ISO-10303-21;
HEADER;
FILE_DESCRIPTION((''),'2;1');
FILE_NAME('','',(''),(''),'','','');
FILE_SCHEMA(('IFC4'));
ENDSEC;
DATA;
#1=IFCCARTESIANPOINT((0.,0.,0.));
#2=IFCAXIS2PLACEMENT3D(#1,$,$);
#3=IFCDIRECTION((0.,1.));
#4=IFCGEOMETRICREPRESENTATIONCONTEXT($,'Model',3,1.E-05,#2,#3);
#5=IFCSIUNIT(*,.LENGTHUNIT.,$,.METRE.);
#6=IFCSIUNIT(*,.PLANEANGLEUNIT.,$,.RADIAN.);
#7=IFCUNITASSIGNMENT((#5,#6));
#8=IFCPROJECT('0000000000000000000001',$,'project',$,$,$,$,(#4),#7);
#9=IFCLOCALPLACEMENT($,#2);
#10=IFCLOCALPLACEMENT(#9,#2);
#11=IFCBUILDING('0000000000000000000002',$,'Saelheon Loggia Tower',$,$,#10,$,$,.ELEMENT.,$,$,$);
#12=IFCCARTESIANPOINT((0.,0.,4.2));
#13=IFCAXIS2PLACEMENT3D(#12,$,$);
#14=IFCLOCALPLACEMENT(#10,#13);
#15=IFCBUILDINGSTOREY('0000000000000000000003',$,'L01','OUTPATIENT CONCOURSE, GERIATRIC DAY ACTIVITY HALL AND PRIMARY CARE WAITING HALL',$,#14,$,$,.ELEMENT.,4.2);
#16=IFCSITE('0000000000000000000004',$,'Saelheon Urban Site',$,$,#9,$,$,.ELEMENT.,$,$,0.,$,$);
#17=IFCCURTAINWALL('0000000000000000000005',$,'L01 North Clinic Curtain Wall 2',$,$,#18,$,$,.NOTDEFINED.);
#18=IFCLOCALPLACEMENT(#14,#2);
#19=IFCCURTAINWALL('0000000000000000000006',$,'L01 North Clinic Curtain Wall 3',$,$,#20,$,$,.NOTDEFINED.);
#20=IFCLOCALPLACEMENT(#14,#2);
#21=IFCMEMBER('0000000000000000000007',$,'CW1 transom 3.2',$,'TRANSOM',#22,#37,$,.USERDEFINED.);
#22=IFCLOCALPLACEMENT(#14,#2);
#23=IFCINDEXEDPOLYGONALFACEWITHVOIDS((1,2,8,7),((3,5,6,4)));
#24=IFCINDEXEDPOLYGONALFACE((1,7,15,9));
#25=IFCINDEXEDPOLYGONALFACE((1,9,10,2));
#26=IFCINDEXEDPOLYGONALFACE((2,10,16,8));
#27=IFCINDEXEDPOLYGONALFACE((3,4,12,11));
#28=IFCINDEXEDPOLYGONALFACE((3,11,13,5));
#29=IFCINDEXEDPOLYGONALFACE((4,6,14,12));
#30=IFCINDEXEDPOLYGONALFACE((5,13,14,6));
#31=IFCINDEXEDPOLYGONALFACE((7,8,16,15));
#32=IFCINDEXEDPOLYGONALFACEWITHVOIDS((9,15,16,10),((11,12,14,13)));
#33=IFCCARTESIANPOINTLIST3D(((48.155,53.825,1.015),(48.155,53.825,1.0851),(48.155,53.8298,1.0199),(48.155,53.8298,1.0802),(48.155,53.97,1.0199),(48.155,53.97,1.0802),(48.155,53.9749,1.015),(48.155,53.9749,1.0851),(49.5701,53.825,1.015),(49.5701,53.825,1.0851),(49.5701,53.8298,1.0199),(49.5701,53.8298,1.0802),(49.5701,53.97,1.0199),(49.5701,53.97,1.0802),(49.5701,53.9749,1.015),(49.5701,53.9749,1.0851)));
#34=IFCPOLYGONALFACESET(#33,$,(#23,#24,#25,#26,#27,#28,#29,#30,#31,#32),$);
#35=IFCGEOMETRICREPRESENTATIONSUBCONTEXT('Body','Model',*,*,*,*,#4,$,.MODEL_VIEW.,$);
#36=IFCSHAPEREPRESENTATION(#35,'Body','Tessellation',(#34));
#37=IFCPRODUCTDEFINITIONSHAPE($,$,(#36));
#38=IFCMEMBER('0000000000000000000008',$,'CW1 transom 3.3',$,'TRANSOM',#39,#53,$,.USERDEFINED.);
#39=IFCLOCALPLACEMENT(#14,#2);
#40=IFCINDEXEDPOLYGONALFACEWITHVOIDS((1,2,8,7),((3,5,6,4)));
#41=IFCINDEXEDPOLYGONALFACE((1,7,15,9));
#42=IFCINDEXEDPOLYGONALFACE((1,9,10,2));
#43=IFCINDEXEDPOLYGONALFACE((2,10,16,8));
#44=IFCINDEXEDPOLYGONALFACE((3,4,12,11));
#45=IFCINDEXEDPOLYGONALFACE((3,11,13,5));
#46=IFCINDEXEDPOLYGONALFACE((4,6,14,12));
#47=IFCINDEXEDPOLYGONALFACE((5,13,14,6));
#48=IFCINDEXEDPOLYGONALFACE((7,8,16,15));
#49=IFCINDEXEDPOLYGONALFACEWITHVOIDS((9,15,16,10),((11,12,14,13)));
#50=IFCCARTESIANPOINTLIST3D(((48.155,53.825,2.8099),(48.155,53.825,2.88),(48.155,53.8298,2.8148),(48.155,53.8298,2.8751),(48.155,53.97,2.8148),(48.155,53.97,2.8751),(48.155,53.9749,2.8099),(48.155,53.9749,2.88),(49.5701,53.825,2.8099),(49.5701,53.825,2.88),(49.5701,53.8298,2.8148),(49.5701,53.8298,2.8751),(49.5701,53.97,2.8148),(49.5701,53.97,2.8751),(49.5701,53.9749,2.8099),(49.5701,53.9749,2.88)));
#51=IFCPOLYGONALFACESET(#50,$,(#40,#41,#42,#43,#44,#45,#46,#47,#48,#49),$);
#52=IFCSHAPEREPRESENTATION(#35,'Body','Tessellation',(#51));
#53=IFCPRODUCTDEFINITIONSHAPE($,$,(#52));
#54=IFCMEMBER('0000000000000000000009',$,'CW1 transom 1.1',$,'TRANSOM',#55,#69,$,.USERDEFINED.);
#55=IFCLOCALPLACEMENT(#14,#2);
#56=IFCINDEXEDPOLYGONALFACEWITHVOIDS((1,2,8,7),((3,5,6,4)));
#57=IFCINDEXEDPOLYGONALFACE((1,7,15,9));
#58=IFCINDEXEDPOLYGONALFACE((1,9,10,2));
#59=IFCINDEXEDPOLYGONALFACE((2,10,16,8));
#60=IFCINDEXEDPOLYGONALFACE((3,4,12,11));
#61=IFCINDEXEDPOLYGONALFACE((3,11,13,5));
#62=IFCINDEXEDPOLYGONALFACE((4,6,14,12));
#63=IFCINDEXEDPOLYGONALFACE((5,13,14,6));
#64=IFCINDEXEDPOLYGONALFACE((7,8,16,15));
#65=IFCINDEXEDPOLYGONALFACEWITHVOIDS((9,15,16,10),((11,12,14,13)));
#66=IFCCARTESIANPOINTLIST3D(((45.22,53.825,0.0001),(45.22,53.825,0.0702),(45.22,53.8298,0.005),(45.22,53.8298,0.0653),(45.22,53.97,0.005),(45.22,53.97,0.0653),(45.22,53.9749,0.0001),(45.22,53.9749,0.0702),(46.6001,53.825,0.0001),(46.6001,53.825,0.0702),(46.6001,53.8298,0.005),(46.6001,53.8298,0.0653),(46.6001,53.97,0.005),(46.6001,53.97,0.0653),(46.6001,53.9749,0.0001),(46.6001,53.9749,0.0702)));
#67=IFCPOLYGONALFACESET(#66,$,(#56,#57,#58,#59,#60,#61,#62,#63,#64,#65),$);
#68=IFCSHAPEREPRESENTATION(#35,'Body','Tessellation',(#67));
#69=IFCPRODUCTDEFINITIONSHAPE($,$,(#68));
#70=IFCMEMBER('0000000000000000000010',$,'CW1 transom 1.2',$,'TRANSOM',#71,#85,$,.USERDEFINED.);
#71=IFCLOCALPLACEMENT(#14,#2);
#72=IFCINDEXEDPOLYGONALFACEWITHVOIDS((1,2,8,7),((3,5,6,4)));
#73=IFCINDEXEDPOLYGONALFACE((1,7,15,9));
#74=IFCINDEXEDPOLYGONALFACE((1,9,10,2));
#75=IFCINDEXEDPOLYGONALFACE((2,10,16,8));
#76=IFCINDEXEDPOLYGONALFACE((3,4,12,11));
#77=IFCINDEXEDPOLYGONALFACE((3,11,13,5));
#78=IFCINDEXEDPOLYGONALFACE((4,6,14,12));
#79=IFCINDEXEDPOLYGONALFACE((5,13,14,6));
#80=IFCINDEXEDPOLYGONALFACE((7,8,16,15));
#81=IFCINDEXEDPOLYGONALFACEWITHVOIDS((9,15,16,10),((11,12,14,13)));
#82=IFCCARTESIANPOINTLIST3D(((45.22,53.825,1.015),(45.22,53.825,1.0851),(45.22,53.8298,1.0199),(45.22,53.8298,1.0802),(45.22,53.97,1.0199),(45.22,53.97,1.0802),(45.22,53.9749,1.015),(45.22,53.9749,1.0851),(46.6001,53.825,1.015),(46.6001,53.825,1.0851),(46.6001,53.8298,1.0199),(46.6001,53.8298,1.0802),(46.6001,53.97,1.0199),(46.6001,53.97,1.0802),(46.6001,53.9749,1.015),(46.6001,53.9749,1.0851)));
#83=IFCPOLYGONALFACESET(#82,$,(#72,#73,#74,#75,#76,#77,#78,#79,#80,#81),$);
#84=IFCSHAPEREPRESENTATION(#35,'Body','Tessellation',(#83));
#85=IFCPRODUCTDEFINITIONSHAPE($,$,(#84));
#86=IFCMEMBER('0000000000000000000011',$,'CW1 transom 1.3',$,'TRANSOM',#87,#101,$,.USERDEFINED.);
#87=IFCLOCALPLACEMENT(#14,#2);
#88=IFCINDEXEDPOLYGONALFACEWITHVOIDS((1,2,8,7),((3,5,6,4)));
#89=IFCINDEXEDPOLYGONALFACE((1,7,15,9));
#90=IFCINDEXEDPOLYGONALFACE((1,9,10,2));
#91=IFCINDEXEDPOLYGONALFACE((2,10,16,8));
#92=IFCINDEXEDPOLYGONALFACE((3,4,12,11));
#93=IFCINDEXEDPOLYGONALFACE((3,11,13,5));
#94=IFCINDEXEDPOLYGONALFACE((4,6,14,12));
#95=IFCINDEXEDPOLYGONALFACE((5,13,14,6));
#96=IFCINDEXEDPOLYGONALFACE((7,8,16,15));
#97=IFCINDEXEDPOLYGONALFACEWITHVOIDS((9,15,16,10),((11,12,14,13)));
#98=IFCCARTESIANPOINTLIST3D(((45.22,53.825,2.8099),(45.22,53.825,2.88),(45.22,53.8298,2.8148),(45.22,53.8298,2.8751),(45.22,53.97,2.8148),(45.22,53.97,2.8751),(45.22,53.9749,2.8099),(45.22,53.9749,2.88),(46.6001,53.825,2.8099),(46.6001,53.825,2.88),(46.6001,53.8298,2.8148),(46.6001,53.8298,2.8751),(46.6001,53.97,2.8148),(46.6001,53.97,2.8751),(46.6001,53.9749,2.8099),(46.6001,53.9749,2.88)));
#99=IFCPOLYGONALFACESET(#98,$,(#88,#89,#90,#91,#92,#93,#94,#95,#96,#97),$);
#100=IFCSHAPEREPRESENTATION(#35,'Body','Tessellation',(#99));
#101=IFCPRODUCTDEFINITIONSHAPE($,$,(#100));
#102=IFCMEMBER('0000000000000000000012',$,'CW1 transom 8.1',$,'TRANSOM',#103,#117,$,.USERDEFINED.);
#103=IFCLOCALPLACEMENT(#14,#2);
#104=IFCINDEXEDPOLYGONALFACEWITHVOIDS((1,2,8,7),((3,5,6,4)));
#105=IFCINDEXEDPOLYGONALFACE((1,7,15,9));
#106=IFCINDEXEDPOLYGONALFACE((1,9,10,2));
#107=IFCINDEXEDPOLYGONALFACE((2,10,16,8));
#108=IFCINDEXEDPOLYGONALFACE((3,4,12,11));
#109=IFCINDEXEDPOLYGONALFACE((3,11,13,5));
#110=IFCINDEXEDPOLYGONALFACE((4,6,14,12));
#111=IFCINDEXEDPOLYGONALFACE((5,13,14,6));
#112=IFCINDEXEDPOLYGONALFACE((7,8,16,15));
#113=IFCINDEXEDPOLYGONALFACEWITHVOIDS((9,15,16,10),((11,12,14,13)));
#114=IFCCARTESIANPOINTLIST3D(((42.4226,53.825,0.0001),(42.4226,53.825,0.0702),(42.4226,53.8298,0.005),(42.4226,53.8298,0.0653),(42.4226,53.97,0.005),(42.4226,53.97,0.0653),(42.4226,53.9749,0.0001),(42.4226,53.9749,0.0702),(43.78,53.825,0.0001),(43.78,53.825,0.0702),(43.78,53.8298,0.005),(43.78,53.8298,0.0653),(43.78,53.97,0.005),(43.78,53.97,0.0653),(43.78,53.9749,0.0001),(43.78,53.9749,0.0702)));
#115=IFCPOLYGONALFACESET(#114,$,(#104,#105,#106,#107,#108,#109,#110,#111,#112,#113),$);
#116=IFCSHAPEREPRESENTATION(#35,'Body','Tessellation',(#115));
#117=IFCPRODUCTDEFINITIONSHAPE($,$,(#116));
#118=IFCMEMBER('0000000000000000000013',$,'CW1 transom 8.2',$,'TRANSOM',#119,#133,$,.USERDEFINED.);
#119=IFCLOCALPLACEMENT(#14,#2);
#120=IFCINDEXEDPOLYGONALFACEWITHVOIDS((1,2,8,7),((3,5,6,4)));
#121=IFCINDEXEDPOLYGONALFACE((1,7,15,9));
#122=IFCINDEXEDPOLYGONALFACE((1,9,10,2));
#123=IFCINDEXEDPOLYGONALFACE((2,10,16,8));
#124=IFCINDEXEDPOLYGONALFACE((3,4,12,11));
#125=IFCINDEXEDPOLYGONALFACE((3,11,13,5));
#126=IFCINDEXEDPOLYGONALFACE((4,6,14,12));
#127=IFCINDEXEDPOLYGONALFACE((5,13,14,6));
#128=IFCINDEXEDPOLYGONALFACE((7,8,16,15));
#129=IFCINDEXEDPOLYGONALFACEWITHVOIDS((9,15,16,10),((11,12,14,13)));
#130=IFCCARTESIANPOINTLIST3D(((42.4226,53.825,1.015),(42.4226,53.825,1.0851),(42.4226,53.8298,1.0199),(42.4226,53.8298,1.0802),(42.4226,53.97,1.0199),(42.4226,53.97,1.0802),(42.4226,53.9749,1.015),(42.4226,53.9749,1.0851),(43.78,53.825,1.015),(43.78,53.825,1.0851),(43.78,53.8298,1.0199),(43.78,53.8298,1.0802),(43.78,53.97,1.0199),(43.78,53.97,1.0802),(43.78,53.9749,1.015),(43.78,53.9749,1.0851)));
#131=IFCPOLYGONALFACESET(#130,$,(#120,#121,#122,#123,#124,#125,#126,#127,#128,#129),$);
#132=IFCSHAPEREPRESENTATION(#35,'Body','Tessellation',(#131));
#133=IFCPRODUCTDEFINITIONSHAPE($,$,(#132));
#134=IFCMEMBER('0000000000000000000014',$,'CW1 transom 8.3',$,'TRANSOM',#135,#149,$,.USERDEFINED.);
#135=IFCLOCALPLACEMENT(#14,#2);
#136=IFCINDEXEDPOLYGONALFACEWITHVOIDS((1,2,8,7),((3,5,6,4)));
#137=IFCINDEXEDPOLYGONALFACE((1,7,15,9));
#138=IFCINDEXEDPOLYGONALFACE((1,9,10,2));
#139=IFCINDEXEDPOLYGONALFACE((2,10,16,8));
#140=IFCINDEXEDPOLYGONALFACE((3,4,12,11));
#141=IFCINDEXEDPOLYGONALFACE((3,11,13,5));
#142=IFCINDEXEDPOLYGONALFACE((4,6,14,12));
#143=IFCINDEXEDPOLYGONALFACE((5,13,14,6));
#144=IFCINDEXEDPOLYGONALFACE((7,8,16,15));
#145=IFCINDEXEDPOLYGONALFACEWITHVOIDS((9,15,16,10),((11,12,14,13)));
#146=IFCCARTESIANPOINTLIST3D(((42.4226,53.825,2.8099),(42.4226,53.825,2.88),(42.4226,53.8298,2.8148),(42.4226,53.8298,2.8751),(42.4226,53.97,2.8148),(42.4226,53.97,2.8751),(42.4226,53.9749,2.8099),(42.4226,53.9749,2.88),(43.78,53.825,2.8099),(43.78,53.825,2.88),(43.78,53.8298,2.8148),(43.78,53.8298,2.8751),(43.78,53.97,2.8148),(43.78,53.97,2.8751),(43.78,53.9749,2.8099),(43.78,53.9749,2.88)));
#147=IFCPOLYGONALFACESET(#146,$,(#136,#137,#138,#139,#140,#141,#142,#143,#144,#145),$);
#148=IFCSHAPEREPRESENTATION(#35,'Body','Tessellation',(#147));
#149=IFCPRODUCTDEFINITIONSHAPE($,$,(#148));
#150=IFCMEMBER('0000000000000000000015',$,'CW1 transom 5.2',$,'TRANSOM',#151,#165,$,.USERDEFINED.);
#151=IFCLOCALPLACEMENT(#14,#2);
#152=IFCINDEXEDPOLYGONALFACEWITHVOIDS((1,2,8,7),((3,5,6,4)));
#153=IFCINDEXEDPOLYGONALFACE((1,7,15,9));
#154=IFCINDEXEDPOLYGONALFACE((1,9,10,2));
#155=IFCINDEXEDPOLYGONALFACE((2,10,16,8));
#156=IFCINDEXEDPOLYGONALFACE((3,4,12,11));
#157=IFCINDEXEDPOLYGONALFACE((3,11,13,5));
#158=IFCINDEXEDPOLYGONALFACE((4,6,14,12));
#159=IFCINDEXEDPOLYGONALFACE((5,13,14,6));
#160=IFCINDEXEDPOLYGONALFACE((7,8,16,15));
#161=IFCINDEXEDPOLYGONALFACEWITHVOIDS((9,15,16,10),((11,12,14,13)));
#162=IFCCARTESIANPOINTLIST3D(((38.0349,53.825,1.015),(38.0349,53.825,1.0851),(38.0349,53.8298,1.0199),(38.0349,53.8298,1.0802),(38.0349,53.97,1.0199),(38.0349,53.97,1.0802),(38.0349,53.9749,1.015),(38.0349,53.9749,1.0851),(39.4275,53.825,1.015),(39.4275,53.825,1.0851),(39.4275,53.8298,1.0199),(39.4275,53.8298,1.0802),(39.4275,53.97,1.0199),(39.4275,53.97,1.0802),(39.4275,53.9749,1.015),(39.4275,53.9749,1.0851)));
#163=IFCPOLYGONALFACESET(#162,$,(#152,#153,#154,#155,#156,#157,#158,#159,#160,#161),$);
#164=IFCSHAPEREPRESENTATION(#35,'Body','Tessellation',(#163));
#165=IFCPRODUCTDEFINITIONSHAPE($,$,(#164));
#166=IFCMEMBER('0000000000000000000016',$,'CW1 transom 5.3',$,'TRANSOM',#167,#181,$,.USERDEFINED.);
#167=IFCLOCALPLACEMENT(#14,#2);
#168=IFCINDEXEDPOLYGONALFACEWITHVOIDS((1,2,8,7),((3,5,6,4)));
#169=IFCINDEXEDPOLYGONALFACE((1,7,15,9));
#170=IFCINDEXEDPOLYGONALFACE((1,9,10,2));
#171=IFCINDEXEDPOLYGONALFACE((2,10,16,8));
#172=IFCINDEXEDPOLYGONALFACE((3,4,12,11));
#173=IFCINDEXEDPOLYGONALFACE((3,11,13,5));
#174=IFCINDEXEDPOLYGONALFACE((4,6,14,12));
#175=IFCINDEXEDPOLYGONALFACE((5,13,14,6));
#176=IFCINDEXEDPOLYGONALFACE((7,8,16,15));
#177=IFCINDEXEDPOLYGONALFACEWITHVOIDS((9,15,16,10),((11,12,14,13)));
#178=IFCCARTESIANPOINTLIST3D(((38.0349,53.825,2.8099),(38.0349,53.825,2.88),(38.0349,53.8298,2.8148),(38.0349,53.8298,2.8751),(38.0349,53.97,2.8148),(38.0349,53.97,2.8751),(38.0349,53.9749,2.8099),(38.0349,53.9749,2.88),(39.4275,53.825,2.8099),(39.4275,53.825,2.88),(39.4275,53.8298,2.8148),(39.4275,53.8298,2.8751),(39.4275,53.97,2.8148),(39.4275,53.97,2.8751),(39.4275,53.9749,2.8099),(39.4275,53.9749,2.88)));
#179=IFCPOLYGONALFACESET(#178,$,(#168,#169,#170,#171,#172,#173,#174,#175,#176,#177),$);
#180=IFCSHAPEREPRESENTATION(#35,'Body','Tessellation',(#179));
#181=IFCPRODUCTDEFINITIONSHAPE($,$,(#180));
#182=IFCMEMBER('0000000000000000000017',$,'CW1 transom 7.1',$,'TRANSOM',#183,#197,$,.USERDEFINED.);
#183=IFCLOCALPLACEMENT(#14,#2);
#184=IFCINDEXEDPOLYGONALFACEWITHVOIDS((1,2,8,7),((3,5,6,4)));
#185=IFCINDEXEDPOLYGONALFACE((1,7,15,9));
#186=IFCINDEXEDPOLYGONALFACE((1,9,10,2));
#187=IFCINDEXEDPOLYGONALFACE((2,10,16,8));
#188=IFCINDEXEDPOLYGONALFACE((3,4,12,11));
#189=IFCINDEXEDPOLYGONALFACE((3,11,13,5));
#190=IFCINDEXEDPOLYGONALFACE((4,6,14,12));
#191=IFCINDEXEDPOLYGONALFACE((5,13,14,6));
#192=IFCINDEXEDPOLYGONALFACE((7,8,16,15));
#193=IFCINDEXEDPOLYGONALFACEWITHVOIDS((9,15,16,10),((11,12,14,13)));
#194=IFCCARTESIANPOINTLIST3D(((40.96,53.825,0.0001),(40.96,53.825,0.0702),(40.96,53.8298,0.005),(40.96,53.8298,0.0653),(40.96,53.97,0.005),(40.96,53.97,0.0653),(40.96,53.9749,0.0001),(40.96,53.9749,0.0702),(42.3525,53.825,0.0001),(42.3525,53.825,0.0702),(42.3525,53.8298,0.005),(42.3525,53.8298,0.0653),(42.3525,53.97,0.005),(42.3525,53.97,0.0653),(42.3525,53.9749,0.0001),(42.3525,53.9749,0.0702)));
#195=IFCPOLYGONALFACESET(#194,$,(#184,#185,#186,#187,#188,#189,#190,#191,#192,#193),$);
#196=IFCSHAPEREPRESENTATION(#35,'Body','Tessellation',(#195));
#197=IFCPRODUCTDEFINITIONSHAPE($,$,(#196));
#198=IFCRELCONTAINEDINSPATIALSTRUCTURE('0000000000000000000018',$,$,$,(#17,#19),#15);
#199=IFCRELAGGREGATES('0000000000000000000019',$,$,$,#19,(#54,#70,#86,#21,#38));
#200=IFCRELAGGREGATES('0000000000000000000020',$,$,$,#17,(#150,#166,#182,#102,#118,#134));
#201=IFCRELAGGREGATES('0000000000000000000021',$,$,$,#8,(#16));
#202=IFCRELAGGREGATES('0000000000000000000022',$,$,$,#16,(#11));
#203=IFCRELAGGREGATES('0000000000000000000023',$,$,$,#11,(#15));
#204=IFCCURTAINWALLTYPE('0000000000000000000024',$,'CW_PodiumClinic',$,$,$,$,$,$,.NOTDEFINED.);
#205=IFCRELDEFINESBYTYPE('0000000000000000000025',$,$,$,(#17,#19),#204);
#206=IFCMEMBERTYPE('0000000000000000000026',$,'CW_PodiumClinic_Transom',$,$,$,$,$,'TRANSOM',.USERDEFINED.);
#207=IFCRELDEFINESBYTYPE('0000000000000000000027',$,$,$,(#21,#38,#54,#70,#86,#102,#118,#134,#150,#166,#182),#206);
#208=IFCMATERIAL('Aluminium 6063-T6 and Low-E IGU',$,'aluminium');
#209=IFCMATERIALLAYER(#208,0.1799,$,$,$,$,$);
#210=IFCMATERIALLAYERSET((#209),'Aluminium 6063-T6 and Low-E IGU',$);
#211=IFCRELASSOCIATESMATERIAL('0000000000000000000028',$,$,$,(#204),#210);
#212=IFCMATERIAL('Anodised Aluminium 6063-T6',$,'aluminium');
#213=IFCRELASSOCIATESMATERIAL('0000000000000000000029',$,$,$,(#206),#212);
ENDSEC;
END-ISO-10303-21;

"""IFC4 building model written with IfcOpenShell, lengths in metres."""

from ifc_helpers import new_model, si_unit, direction, frame, origin, origin_2d, place, context, subcontext, project, spatial, hollow_rectangle, extrude, source, transform, mapped, material, layer, layer_set, material_profile, profile_set, type_object, element, aggregate, save


model = new_model("IFC4")

# Units and contexts
model_context = context("Model", 3, precision=1e-05, world=origin(), true_north=direction((0.0, 1.0)))
body_context = subcontext(model_context, "Body", "Model", "MODEL_VIEW")
ifc_project = project(units=[si_unit("LENGTHUNIT", "METRE"), si_unit("PLANEANGLEUNIT", "RADIAN")], contexts=[model_context])

# Site, building, storey
site_placement = place(None, origin())
site = spatial("IfcSite", under=ifc_project, at=site_placement, Name="Saelheon Urban Site", CompositionType="ELEMENT", RefElevation=0.0)
building_placement = place(site_placement, origin())
building = spatial("IfcBuilding", under=site, at=building_placement, Name="Saelheon Loggia Tower", CompositionType="ELEMENT")
storey_placement = place(building_placement, frame((0.0, 0.0, 4.2)))
storey = spatial("IfcBuildingStorey", under=building, at=storey_placement, Name="L01", Description="OUTPATIENT CONCOURSE, GERIATRIC DAY ACTIVITY HALL AND PRIMARY CARE WAITING HALL", CompositionType="ELEMENT", Elevation=4.2)

# Curtain walls, members
ifc_material_1 = material(Name="Aluminium 6063-T6 and Low-E IGU", Category="aluminium")
ifc_layer_1 = layer(ifc_material_1, 0.1799)
ifc_layer_set_1 = layer_set([ifc_layer_1], Name="Aluminium 6063-T6 and Low-E IGU")
curtain_wall_type = type_object("IfcCurtainWallType", Name="CW_PodiumClinic", PredefinedType="NOTDEFINED", material=ifc_layer_set_1)
curtain_wall_1_placement = place(storey_placement, origin())
curtain_wall_1 = element("IfcCurtainWall", 1, at=curtain_wall_1_placement, inside=storey, type_object=curtain_wall_type, Name="L01 North Clinic Curtain Wall 2", PredefinedType="NOTDEFINED")
ifc_material_2 = material(Name="Anodised Aluminium 6063-T6", Category="aluminium")
curtain_wall_2_placement = place(storey_placement, origin())
curtain_wall_2 = element("IfcCurtainWall", 2, at=curtain_wall_2_placement, inside=storey, type_object=curtain_wall_type, Name="L01 North Clinic Curtain Wall 3", PredefinedType="NOTDEFINED")
ifc_material_profile_1 = material_profile(ifc_material_2, hollow_rectangle(XDim=0.0701, YDim=0.1499, WallThickness=0.0049, at=origin_2d()), Name="RHS-150x70x5")
ifc_profile_set_1 = profile_set([ifc_material_profile_1], Name="Anodised Aluminium 6063-T6")
member_type_1 = type_object("IfcMemberType", Name="CW_PodiumClinic_Transom", ElementType="TRANSOM", PredefinedType="USERDEFINED", material=ifc_profile_set_1)
shared_shape_1 = source(origin(), body_context, "Body", "SweptSolid", [
    extrude(hollow_rectangle(XDim=0.0701, YDim=0.1499, WallThickness=0.0049, at=origin_2d()), origin(), (0.0, 0.0, 1.0), 1.415),
])
member_1_placement = place(storey_placement, frame((48.155, 53.8999, 1.05), z_axis=(1.0, 0.0, 0.0), x_axis=(0.0, 0.0, 1.0)))
member_1 = element("IfcMember", 3, at=member_1_placement, type_object=member_type_1, Name="CW1 transom 3.2", ObjectType="TRANSOM", PredefinedType="USERDEFINED", context=body_context, shape_type="MappedRepresentation", body=[
    mapped(shared_shape_1, transform((0.0, 0.0, 0.0), scale=1.0)),
])
member_2_placement = place(storey_placement, frame((48.155, 53.8999, 2.845), z_axis=(1.0, 0.0, 0.0), x_axis=(0.0, 0.0, 1.0)))
member_2 = element("IfcMember", 4, at=member_2_placement, type_object=member_type_1, Name="CW1 transom 3.3", ObjectType="TRANSOM", PredefinedType="USERDEFINED", context=body_context, shape_type="MappedRepresentation", body=[
    mapped(shared_shape_1, transform((0.0, 0.0, 0.0), scale=1.0)),
])
shared_shape_2 = source(origin(), body_context, "Body", "SweptSolid", [
    extrude(hollow_rectangle(XDim=0.0701, YDim=0.1499, WallThickness=0.0049, at=origin_2d()), origin(), (0.0, 0.0, 1.0), 1.3801),
])
member_3_placement = place(storey_placement, frame((45.22, 53.8999, 0.0352), z_axis=(1.0, 0.0, 0.0), x_axis=(0.0, 0.0, 1.0)))
member_3 = element("IfcMember", 5, at=member_3_placement, type_object=member_type_1, Name="CW1 transom 1.1", ObjectType="TRANSOM", PredefinedType="USERDEFINED", context=body_context, shape_type="MappedRepresentation", body=[
    mapped(shared_shape_2, transform((0.0, 0.0, 0.0), scale=1.0)),
])
member_4_placement = place(storey_placement, frame((45.22, 53.8999, 1.05), z_axis=(1.0, 0.0, 0.0), x_axis=(0.0, 0.0, 1.0)))
member_4 = element("IfcMember", 6, at=member_4_placement, type_object=member_type_1, Name="CW1 transom 1.2", ObjectType="TRANSOM", PredefinedType="USERDEFINED", context=body_context, shape_type="MappedRepresentation", body=[
    mapped(shared_shape_2, transform((0.0, 0.0, 0.0), scale=1.0)),
])
member_5_placement = place(storey_placement, frame((45.22, 53.8999, 2.845), z_axis=(1.0, 0.0, 0.0), x_axis=(0.0, 0.0, 1.0)))
member_5 = element("IfcMember", 7, at=member_5_placement, type_object=member_type_1, Name="CW1 transom 1.3", ObjectType="TRANSOM", PredefinedType="USERDEFINED", context=body_context, shape_type="MappedRepresentation", body=[
    mapped(shared_shape_2, transform((0.0, 0.0, 0.0), scale=1.0)),
])

# Members
shared_shape_3 = source(origin(), body_context, "Body", "SweptSolid", [
    extrude(hollow_rectangle(XDim=0.0701, YDim=0.1499, WallThickness=0.0049, at=origin_2d()), origin(), (0.0, 0.0, 1.0), 1.3574),
])
member_6_placement = place(storey_placement, frame((42.4226, 53.8999, 0.0352), z_axis=(1.0, 0.0, 0.0), x_axis=(0.0, 0.0, 1.0)))
member_6 = element("IfcMember", 8, at=member_6_placement, type_object=member_type_1, Name="CW1 transom 8.1", ObjectType="TRANSOM", PredefinedType="USERDEFINED", context=body_context, shape_type="MappedRepresentation", body=[
    mapped(shared_shape_3, transform((0.0, 0.0, 0.0), scale=1.0)),
])
member_7_placement = place(storey_placement, frame((42.4226, 53.8999, 1.05), z_axis=(1.0, 0.0, 0.0), x_axis=(0.0, 0.0, 1.0)))
member_7 = element("IfcMember", 9, at=member_7_placement, type_object=member_type_1, Name="CW1 transom 8.2", ObjectType="TRANSOM", PredefinedType="USERDEFINED", context=body_context, shape_type="MappedRepresentation", body=[
    mapped(shared_shape_3, transform((0.0, 0.0, 0.0), scale=1.0)),
])
member_8_placement = place(storey_placement, frame((42.4226, 53.8999, 2.845), z_axis=(1.0, 0.0, 0.0), x_axis=(0.0, 0.0, 1.0)))
member_8 = element("IfcMember", 10, at=member_8_placement, type_object=member_type_1, Name="CW1 transom 8.3", ObjectType="TRANSOM", PredefinedType="USERDEFINED", context=body_context, shape_type="MappedRepresentation", body=[
    mapped(shared_shape_3, transform((0.0, 0.0, 0.0), scale=1.0)),
])
shared_shape_4 = source(origin(), body_context, "Body", "SweptSolid", [
    extrude(hollow_rectangle(XDim=0.0701, YDim=0.1499, WallThickness=0.0049, at=origin_2d()), origin(), (0.0, 0.0, 1.0), 1.3926),
])
member_9_placement = place(storey_placement, frame((38.0349, 53.8999, 1.05), z_axis=(1.0, 0.0, 0.0), x_axis=(0.0, 0.0, 1.0)))
member_9 = element("IfcMember", 11, at=member_9_placement, type_object=member_type_1, Name="CW1 transom 5.2", ObjectType="TRANSOM", PredefinedType="USERDEFINED", context=body_context, shape_type="MappedRepresentation", body=[
    mapped(shared_shape_4, transform((0.0, 0.0, 0.0), scale=1.0)),
])
member_10_placement = place(storey_placement, frame((38.0349, 53.8999, 2.845), z_axis=(1.0, 0.0, 0.0), x_axis=(0.0, 0.0, 1.0)))
member_10 = element("IfcMember", 12, at=member_10_placement, type_object=member_type_1, Name="CW1 transom 5.3", ObjectType="TRANSOM", PredefinedType="USERDEFINED", context=body_context, shape_type="MappedRepresentation", body=[
    mapped(shared_shape_4, transform((0.0, 0.0, 0.0), scale=1.0)),
])
member_11_placement = place(storey_placement, frame((40.96, 53.8999, 0.0352), z_axis=(1.0, 0.0, 0.0), x_axis=(0.0, 0.0, 1.0)))
member_11 = element("IfcMember", 13, at=member_11_placement, type_object=member_type_1, Name="CW1 transom 7.1", ObjectType="TRANSOM", PredefinedType="USERDEFINED", context=body_context, shape_type="MappedRepresentation", body=[
    mapped(shared_shape_4, transform((0.0, 0.0, 0.0), scale=1.0)),
])

aggregate(curtain_wall_2, [member_3, member_4, member_5, member_1, member_2])
aggregate(curtain_wall_1, [member_9, member_10, member_11, member_6, member_7, member_8])

save(model, "model.ifc")
